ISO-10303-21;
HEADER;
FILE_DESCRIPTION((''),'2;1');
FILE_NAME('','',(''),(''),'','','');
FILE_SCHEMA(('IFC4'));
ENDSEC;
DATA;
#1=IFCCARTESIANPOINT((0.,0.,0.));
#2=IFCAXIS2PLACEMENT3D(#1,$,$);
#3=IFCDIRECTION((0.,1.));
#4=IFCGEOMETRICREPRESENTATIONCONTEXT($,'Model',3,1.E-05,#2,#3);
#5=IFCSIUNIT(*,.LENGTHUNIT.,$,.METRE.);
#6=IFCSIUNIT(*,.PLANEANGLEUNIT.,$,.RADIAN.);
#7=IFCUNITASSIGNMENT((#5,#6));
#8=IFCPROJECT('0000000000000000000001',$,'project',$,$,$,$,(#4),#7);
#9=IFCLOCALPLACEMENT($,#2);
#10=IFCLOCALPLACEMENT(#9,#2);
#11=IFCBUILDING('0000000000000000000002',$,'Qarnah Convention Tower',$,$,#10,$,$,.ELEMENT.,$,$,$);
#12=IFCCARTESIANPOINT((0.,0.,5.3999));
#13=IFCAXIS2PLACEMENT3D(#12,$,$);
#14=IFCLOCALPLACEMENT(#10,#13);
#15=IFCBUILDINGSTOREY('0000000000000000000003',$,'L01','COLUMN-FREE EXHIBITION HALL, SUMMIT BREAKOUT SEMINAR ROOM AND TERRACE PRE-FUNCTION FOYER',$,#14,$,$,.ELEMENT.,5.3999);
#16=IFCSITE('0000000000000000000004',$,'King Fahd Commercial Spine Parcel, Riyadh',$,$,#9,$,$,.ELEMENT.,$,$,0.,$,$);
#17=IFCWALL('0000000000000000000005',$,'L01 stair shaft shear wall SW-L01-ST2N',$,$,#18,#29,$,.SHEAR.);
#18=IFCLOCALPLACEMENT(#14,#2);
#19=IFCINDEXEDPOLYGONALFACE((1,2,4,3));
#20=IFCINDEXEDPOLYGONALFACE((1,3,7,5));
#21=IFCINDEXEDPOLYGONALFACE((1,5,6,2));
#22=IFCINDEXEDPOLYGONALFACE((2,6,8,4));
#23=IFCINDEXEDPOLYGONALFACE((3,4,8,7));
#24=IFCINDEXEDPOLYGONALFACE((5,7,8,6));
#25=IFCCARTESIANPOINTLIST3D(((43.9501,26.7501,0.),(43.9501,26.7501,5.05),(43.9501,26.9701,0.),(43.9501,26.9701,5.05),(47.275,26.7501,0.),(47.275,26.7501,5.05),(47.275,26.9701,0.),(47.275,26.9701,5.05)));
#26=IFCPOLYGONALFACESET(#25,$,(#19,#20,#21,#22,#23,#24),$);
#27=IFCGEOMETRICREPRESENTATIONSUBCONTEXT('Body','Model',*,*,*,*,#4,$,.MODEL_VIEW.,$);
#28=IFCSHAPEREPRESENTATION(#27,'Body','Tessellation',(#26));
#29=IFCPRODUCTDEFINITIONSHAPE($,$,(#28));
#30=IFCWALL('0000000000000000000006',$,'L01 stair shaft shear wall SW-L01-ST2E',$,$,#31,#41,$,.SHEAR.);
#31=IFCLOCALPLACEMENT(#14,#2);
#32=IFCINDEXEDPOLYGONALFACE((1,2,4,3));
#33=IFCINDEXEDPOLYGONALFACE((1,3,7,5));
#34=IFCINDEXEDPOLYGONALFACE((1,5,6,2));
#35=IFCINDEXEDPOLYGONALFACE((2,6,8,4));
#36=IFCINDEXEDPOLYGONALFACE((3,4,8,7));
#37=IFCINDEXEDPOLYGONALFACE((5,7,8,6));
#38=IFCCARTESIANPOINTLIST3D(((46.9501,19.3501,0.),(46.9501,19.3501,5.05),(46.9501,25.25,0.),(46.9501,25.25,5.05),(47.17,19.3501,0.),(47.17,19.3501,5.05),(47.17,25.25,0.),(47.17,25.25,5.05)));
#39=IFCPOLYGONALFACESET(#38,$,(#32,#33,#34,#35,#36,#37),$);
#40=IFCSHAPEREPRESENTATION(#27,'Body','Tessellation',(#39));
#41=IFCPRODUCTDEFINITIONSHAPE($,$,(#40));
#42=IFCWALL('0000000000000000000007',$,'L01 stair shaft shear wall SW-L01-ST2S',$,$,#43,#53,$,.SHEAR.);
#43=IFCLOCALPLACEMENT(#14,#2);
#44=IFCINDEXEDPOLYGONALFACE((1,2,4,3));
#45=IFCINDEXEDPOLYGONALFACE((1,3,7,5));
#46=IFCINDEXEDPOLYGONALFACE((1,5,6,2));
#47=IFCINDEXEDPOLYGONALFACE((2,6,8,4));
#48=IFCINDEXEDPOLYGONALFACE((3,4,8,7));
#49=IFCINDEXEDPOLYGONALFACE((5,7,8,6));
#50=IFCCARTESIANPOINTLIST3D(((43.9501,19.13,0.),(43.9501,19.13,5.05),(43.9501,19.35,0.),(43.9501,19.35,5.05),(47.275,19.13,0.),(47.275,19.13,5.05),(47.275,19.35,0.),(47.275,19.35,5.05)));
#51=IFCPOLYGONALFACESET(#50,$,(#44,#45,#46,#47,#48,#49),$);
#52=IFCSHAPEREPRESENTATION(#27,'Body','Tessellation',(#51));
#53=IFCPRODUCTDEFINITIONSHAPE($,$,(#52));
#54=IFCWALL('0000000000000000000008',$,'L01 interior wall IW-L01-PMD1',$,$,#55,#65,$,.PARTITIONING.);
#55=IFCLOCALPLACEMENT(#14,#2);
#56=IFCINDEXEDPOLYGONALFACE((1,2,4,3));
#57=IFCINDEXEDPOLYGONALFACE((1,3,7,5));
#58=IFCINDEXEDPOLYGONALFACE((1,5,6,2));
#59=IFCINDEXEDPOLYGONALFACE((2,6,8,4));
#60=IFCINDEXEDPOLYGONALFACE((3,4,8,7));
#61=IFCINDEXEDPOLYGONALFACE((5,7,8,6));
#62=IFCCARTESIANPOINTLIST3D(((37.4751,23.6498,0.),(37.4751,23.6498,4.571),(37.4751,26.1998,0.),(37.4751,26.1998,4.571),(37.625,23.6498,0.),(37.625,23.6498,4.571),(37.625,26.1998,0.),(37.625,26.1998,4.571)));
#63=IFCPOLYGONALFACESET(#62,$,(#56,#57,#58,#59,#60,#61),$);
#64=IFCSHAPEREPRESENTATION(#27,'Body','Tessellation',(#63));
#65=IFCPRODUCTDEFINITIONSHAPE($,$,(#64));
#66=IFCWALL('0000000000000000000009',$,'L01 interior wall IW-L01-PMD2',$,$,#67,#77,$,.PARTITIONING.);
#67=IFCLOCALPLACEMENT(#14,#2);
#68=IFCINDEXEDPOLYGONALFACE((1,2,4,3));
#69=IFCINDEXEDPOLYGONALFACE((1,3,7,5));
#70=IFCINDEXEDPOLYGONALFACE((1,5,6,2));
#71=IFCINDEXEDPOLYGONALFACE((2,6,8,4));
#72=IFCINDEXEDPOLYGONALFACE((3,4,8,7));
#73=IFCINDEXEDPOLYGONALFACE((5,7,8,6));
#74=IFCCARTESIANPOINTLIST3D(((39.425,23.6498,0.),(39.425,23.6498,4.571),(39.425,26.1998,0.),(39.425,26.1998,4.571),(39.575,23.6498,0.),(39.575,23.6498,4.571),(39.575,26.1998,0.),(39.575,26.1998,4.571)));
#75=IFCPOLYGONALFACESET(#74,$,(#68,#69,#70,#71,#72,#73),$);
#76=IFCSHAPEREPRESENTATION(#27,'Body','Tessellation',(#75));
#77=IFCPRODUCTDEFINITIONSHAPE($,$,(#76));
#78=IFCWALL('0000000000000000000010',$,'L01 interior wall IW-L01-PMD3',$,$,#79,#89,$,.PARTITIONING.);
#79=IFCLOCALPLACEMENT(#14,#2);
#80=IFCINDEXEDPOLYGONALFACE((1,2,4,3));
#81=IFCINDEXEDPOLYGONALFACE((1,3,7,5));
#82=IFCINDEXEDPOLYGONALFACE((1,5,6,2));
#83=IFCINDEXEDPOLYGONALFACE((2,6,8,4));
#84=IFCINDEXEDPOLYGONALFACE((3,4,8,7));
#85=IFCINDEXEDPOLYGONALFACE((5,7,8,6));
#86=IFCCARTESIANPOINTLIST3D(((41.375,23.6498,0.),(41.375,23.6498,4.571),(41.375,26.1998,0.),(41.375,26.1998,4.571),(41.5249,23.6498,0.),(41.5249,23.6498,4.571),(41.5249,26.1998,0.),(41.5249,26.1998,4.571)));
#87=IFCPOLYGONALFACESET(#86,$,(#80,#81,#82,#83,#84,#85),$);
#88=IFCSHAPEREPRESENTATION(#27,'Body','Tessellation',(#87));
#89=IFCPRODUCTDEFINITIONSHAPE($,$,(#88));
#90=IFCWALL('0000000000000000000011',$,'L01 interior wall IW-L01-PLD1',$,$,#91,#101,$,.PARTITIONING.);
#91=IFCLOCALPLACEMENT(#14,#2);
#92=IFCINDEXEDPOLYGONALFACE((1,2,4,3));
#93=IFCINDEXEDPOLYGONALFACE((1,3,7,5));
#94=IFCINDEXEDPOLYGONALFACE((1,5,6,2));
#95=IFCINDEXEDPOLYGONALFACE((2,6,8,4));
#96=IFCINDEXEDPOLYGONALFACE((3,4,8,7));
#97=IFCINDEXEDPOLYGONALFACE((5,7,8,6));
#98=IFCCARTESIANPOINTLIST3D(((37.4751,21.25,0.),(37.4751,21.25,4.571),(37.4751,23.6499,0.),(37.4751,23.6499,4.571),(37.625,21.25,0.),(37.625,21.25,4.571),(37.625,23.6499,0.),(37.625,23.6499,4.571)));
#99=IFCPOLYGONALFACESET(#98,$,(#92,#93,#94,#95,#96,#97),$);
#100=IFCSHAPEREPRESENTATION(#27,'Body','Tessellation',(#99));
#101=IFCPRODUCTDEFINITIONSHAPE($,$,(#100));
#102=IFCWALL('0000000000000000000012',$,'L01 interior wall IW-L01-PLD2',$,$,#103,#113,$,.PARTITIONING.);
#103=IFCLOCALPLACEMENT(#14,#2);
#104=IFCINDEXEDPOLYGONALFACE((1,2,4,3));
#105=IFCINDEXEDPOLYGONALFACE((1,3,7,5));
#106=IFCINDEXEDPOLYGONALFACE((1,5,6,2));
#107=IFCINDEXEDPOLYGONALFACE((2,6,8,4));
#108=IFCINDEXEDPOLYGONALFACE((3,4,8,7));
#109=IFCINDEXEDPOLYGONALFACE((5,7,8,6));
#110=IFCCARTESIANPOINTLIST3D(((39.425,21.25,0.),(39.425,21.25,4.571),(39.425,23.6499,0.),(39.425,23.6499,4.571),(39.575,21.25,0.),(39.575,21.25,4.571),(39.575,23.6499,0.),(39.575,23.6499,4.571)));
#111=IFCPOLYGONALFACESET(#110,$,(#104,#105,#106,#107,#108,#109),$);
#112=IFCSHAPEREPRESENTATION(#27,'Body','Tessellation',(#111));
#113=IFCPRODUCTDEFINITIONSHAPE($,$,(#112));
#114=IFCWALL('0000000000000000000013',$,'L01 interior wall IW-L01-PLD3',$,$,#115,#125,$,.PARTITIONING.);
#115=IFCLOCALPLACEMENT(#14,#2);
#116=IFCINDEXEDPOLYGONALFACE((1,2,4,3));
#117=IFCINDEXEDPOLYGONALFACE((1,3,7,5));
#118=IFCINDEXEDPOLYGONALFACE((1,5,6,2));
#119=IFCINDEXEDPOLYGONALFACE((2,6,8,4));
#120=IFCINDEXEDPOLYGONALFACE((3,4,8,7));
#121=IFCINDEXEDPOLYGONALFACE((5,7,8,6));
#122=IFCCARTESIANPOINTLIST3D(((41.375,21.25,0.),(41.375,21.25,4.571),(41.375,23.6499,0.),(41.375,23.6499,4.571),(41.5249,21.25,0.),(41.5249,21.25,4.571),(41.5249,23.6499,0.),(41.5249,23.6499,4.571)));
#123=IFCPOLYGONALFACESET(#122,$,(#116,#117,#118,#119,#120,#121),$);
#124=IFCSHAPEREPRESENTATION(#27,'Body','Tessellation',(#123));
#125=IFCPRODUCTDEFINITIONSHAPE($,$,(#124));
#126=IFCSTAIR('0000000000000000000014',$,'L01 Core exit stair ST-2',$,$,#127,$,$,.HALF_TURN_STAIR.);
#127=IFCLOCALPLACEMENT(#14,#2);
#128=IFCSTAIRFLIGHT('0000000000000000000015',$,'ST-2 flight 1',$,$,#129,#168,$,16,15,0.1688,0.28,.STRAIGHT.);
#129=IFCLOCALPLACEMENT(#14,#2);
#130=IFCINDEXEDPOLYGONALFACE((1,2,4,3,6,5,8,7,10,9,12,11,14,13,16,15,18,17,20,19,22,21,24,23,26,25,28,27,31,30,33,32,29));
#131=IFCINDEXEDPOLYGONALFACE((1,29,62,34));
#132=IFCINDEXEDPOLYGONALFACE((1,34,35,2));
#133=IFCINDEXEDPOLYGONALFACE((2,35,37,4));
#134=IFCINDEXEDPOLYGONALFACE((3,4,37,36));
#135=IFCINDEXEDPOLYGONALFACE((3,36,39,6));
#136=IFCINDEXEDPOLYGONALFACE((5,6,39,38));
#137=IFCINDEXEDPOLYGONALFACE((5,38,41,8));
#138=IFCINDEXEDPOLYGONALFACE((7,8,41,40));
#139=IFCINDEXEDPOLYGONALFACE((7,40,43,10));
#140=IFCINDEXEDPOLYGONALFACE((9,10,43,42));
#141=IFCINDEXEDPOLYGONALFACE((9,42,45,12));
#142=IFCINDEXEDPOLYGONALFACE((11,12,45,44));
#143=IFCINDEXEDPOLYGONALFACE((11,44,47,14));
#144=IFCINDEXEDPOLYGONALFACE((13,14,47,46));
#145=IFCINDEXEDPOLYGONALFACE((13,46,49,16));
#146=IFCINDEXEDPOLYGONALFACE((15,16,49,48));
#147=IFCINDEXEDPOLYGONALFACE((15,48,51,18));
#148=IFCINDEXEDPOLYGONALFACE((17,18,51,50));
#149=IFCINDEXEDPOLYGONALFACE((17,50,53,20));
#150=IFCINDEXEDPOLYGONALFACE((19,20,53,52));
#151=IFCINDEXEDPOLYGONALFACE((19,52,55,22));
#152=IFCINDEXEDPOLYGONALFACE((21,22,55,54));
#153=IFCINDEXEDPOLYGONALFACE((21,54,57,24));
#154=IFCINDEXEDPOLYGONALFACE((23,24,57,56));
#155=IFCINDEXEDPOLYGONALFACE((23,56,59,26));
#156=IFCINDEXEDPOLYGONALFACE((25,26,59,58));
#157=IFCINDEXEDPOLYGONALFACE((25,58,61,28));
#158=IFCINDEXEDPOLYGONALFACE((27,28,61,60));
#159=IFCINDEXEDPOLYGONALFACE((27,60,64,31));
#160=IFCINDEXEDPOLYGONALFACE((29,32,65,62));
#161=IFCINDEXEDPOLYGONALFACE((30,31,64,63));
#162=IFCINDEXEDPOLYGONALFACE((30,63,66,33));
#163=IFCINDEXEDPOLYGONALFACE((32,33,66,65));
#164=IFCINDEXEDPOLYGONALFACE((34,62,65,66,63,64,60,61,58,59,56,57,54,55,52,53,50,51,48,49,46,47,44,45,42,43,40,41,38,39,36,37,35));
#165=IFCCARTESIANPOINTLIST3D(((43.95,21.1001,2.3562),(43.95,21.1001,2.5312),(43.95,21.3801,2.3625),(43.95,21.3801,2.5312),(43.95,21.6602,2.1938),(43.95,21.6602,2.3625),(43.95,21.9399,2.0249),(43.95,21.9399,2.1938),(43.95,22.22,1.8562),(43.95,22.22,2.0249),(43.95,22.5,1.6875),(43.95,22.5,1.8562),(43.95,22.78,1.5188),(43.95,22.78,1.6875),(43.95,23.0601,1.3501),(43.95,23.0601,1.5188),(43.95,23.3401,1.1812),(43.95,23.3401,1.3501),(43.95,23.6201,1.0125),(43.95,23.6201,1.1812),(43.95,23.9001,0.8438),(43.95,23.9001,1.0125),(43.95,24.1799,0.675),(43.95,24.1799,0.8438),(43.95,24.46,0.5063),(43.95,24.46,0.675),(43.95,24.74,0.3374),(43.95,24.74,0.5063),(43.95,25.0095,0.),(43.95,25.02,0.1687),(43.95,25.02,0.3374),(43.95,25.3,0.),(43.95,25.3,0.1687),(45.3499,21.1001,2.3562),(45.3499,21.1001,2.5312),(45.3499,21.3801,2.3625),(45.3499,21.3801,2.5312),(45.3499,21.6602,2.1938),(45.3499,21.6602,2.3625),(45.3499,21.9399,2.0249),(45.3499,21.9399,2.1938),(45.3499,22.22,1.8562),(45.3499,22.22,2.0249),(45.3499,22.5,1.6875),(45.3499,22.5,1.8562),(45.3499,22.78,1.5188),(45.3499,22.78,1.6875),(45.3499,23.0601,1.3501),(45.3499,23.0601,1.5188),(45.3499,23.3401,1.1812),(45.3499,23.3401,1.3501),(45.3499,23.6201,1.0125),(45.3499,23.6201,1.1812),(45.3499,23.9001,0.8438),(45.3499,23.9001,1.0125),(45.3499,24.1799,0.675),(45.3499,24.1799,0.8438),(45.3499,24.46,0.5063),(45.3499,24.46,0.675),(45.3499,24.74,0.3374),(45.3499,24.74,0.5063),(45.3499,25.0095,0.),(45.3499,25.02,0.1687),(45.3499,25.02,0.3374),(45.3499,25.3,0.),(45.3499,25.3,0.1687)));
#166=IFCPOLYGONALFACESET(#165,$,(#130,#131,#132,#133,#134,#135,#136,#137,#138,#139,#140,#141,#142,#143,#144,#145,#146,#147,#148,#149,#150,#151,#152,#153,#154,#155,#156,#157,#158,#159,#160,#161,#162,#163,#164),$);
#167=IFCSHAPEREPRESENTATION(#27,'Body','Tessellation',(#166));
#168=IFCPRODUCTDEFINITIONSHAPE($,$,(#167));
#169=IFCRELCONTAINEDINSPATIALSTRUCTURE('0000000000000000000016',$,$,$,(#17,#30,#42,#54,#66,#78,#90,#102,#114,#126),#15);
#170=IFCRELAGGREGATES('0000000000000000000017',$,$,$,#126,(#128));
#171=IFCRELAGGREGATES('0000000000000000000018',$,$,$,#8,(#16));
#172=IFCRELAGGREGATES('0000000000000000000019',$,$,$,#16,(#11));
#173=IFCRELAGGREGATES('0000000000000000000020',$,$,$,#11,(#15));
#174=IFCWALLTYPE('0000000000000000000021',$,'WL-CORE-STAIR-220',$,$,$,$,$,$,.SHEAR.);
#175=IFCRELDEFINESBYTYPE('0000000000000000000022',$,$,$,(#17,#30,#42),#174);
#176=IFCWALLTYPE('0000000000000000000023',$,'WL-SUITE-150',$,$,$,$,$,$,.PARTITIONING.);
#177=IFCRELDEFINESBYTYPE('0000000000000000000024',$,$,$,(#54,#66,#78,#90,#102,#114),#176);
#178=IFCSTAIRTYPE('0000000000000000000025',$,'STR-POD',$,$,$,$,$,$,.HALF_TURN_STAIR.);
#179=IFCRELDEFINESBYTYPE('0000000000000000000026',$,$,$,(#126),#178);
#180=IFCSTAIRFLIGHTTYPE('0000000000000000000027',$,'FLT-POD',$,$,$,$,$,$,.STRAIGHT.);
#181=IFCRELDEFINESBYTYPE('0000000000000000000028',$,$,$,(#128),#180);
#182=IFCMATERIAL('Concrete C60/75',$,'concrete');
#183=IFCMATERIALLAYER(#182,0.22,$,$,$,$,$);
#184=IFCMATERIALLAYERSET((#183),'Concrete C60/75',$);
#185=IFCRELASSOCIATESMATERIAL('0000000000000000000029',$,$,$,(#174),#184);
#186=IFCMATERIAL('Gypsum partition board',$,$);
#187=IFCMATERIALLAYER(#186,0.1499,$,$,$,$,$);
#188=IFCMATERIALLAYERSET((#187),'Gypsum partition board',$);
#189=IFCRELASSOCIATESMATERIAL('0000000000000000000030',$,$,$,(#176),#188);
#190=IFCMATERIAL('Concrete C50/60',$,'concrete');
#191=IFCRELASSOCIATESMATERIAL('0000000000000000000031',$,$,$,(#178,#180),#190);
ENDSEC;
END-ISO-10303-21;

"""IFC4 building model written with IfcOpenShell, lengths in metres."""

from ifc_helpers import new_model, si_unit, direction, frame, frame_2d, origin, place, context, subcontext, project, spatial, polyline, rectangle, outline, extrude, material, layer, layer_set, type_object, element, aggregate, save


model = new_model("IFC4")

# Units and contexts
model_context = context("Model", 3, precision=1e-05, world=origin(), true_north=direction((0.0, 1.0)))
body_context = subcontext(model_context, "Body", "Model", "MODEL_VIEW")
ifc_project = project(units=[si_unit("LENGTHUNIT", "METRE"), si_unit("PLANEANGLEUNIT", "RADIAN")], contexts=[model_context])

# Site, building, storey
site_placement = place(None, origin())
site = spatial("IfcSite", under=ifc_project, at=site_placement, Name="King Fahd Commercial Spine Parcel, Riyadh", CompositionType="ELEMENT", RefElevation=0.0)
building_placement = place(site_placement, origin())
building = spatial("IfcBuilding", under=site, at=building_placement, Name="Qarnah Convention Tower", CompositionType="ELEMENT")
storey_placement = place(building_placement, frame((0.0, 0.0, 5.3999)))
storey = spatial("IfcBuildingStorey", under=building, at=storey_placement, Name="L01", Description="COLUMN-FREE EXHIBITION HALL, SUMMIT BREAKOUT SEMINAR ROOM AND TERRACE PRE-FUNCTION FOYER", CompositionType="ELEMENT", Elevation=5.3999)

# Shared definitions
ifc_material_1 = material(Name="Concrete C60/75", Category="concrete")

# Walls
ifc_layer_1 = layer(ifc_material_1, 0.22)
ifc_layer_set_1 = layer_set([ifc_layer_1], Name="Concrete C60/75")
wall_type_1 = type_object("IfcWallType", Name="WL-CORE-STAIR-220", PredefinedType="SHEAR", material=ifc_layer_set_1)
wall_1_placement = place(storey_placement, frame((43.95, 26.8601, 0.0), z_axis=(0.0, 0.0, 1.0), x_axis=(1.0, 0.0, 0.0)))
element("IfcWall", 1, at=wall_1_placement, inside=storey, type_object=wall_type_1, Name="L01 stair shaft shear wall SW-L01-ST2N", PredefinedType="SHEAR", context=body_context, shape_type="SweptSolid", body=[
    extrude(rectangle(XDim=3.325, YDim=0.22, at=frame_2d((1.6626, 0.0))), origin(), (0.0, 0.0, 1.0), 5.05),
])
wall_2_placement = place(storey_placement, frame((47.0601, 19.3501, 0.0), z_axis=(0.0, 0.0, 1.0), x_axis=(0.0, 1.0, 0.0)))
element("IfcWall", 2, at=wall_2_placement, inside=storey, type_object=wall_type_1, Name="L01 stair shaft shear wall SW-L01-ST2E", PredefinedType="SHEAR", context=body_context, shape_type="SweptSolid", body=[
    extrude(rectangle(XDim=5.8999, YDim=0.22, at=frame_2d((2.95, 0.0))), origin(), (0.0, 0.0, 1.0), 5.05),
])
wall_3_placement = place(storey_placement, frame((43.95, 19.24, 0.0), z_axis=(0.0, 0.0, 1.0), x_axis=(1.0, 0.0, 0.0)))
element("IfcWall", 3, at=wall_3_placement, inside=storey, type_object=wall_type_1, Name="L01 stair shaft shear wall SW-L01-ST2S", PredefinedType="SHEAR", context=body_context, shape_type="SweptSolid", body=[
    extrude(rectangle(XDim=3.325, YDim=0.22, at=frame_2d((1.6626, 0.0))), origin(), (0.0, 0.0, 1.0), 5.05),
])
ifc_material_2 = material(Name="Gypsum partition board")
ifc_layer_2 = layer(ifc_material_2, 0.1499)
ifc_layer_set_2 = layer_set([ifc_layer_2], Name="Gypsum partition board")
wall_type_2 = type_object("IfcWallType", Name="WL-SUITE-150", PredefinedType="PARTITIONING", material=ifc_layer_set_2)
for number, where, z_axis, x_axis, name in (
    (4, (37.55, 23.6499, 0.0), (0.0, 0.0, 1.0), (0.0, 1.0, 0.0), "L01 interior wall IW-L01-PMD1"),
    (5, (39.5, 23.6499, 0.0), (0.0, 0.0, 1.0), (0.0, 1.0, 0.0), "L01 interior wall IW-L01-PMD2"),
    (6, (41.45, 23.6499, 0.0), (0.0, 0.0, 1.0), (0.0, 1.0, 0.0), "L01 interior wall IW-L01-PMD3"),
):
    element("IfcWall", number, at=place(storey_placement, frame(where, z_axis=z_axis, x_axis=x_axis)), inside=storey, type_object=wall_type_2, Name=name, PredefinedType="PARTITIONING", context=body_context, shape_type="SweptSolid", body=[
        extrude(rectangle(XDim=2.55, YDim=0.1499, at=frame_2d((1.2749, 0.0))), origin(), (0.0, 0.0, 1.0), 4.571),
    ])
for number, where, z_axis, x_axis, name in (
    (7, (37.55, 21.25, 0.0), (0.0, 0.0, 1.0), (0.0, 1.0, 0.0), "L01 interior wall IW-L01-PLD1"),
    (8, (39.5, 21.25, 0.0), (0.0, 0.0, 1.0), (0.0, 1.0, 0.0), "L01 interior wall IW-L01-PLD2"),
    (9, (41.45, 21.25, 0.0), (0.0, 0.0, 1.0), (0.0, 1.0, 0.0), "L01 interior wall IW-L01-PLD3"),
):
    element("IfcWall", number, at=place(storey_placement, frame(where, z_axis=z_axis, x_axis=x_axis)), inside=storey, type_object=wall_type_2, Name=name, PredefinedType="PARTITIONING", context=body_context, shape_type="SweptSolid", body=[
        extrude(rectangle(XDim=2.3999, YDim=0.1499, at=frame_2d((1.2, 0.0))), origin(), (0.0, 0.0, 1.0), 4.571),
    ])

# Stair, stair flight
ifc_material_3 = material(Name="Concrete C50/60", Category="concrete")
stair_type = type_object("IfcStairType", Name="STR-POD", PredefinedType="HALF_TURN_STAIR", material=ifc_material_3)
stair_placement = place(storey_placement, origin())
stair = element("IfcStair", 10, at=stair_placement, inside=storey, type_object=stair_type, Name="L01 Core exit stair ST-2", PredefinedType="HALF_TURN_STAIR")
stair_flight_type = type_object("IfcStairFlightType", Name="FLT-POD", PredefinedType="STRAIGHT", material=ifc_material_3)
stair_flight_1_placement = place(storey_placement, frame((44.6499, 25.3, 0.0), z_axis=(0.0, 0.0, 1.0), x_axis=(0.0, -1.0, 0.0)))
stair_flight_1 = element("IfcStairFlight", 11, at=stair_flight_1_placement, type_object=stair_flight_type, Name="ST-2 flight 1", NumberOfRisers=16, NumberOfTreads=15, PredefinedType="STRAIGHT", RiserHeight=0.1688, TreadLength=0.28, context=body_context, shape_type="SweptSolid", body=[
    extrude(outline(polyline([(0.0, 0.0), (0.0, 0.1687), (0.28, 0.1687), (0.28, 0.3374), (0.5601, 0.3374), (0.5601, 0.5063), (0.8401, 0.5063), (0.8401, 0.675), (1.1201, 0.675), (1.1201, 0.8438), (1.3999, 0.8438), (1.3999, 1.0125), (1.6799, 1.0125), (1.6799, 1.1812), (1.96, 1.1812), (1.96, 1.3501), (2.24, 1.3501), (2.24, 1.5188), (2.52, 1.5188), (2.52, 1.6875), (2.8, 1.6875), (2.8, 1.8562), (3.0801, 1.8562), (3.0801, 2.0249), (3.3601, 2.0249), (3.3601, 2.1938), (3.6399, 2.1938), (3.6399, 2.3625), (3.9199, 2.3625), (3.9199, 2.5312), (4.2, 2.5312), (4.2, 2.7), (4.2, 2.3562), (0.2905, 0.0), (0.0, 0.0)])), frame((0.0, 0.7, 0.0), z_axis=(0.0, -1.0, 0.0), x_axis=(1.0, 0.0, 0.0)), (0.0, 0.0, 1.0), 1.3999),
])
aggregate(stair, [stair_flight_1])

save(model, "model.ifc")
